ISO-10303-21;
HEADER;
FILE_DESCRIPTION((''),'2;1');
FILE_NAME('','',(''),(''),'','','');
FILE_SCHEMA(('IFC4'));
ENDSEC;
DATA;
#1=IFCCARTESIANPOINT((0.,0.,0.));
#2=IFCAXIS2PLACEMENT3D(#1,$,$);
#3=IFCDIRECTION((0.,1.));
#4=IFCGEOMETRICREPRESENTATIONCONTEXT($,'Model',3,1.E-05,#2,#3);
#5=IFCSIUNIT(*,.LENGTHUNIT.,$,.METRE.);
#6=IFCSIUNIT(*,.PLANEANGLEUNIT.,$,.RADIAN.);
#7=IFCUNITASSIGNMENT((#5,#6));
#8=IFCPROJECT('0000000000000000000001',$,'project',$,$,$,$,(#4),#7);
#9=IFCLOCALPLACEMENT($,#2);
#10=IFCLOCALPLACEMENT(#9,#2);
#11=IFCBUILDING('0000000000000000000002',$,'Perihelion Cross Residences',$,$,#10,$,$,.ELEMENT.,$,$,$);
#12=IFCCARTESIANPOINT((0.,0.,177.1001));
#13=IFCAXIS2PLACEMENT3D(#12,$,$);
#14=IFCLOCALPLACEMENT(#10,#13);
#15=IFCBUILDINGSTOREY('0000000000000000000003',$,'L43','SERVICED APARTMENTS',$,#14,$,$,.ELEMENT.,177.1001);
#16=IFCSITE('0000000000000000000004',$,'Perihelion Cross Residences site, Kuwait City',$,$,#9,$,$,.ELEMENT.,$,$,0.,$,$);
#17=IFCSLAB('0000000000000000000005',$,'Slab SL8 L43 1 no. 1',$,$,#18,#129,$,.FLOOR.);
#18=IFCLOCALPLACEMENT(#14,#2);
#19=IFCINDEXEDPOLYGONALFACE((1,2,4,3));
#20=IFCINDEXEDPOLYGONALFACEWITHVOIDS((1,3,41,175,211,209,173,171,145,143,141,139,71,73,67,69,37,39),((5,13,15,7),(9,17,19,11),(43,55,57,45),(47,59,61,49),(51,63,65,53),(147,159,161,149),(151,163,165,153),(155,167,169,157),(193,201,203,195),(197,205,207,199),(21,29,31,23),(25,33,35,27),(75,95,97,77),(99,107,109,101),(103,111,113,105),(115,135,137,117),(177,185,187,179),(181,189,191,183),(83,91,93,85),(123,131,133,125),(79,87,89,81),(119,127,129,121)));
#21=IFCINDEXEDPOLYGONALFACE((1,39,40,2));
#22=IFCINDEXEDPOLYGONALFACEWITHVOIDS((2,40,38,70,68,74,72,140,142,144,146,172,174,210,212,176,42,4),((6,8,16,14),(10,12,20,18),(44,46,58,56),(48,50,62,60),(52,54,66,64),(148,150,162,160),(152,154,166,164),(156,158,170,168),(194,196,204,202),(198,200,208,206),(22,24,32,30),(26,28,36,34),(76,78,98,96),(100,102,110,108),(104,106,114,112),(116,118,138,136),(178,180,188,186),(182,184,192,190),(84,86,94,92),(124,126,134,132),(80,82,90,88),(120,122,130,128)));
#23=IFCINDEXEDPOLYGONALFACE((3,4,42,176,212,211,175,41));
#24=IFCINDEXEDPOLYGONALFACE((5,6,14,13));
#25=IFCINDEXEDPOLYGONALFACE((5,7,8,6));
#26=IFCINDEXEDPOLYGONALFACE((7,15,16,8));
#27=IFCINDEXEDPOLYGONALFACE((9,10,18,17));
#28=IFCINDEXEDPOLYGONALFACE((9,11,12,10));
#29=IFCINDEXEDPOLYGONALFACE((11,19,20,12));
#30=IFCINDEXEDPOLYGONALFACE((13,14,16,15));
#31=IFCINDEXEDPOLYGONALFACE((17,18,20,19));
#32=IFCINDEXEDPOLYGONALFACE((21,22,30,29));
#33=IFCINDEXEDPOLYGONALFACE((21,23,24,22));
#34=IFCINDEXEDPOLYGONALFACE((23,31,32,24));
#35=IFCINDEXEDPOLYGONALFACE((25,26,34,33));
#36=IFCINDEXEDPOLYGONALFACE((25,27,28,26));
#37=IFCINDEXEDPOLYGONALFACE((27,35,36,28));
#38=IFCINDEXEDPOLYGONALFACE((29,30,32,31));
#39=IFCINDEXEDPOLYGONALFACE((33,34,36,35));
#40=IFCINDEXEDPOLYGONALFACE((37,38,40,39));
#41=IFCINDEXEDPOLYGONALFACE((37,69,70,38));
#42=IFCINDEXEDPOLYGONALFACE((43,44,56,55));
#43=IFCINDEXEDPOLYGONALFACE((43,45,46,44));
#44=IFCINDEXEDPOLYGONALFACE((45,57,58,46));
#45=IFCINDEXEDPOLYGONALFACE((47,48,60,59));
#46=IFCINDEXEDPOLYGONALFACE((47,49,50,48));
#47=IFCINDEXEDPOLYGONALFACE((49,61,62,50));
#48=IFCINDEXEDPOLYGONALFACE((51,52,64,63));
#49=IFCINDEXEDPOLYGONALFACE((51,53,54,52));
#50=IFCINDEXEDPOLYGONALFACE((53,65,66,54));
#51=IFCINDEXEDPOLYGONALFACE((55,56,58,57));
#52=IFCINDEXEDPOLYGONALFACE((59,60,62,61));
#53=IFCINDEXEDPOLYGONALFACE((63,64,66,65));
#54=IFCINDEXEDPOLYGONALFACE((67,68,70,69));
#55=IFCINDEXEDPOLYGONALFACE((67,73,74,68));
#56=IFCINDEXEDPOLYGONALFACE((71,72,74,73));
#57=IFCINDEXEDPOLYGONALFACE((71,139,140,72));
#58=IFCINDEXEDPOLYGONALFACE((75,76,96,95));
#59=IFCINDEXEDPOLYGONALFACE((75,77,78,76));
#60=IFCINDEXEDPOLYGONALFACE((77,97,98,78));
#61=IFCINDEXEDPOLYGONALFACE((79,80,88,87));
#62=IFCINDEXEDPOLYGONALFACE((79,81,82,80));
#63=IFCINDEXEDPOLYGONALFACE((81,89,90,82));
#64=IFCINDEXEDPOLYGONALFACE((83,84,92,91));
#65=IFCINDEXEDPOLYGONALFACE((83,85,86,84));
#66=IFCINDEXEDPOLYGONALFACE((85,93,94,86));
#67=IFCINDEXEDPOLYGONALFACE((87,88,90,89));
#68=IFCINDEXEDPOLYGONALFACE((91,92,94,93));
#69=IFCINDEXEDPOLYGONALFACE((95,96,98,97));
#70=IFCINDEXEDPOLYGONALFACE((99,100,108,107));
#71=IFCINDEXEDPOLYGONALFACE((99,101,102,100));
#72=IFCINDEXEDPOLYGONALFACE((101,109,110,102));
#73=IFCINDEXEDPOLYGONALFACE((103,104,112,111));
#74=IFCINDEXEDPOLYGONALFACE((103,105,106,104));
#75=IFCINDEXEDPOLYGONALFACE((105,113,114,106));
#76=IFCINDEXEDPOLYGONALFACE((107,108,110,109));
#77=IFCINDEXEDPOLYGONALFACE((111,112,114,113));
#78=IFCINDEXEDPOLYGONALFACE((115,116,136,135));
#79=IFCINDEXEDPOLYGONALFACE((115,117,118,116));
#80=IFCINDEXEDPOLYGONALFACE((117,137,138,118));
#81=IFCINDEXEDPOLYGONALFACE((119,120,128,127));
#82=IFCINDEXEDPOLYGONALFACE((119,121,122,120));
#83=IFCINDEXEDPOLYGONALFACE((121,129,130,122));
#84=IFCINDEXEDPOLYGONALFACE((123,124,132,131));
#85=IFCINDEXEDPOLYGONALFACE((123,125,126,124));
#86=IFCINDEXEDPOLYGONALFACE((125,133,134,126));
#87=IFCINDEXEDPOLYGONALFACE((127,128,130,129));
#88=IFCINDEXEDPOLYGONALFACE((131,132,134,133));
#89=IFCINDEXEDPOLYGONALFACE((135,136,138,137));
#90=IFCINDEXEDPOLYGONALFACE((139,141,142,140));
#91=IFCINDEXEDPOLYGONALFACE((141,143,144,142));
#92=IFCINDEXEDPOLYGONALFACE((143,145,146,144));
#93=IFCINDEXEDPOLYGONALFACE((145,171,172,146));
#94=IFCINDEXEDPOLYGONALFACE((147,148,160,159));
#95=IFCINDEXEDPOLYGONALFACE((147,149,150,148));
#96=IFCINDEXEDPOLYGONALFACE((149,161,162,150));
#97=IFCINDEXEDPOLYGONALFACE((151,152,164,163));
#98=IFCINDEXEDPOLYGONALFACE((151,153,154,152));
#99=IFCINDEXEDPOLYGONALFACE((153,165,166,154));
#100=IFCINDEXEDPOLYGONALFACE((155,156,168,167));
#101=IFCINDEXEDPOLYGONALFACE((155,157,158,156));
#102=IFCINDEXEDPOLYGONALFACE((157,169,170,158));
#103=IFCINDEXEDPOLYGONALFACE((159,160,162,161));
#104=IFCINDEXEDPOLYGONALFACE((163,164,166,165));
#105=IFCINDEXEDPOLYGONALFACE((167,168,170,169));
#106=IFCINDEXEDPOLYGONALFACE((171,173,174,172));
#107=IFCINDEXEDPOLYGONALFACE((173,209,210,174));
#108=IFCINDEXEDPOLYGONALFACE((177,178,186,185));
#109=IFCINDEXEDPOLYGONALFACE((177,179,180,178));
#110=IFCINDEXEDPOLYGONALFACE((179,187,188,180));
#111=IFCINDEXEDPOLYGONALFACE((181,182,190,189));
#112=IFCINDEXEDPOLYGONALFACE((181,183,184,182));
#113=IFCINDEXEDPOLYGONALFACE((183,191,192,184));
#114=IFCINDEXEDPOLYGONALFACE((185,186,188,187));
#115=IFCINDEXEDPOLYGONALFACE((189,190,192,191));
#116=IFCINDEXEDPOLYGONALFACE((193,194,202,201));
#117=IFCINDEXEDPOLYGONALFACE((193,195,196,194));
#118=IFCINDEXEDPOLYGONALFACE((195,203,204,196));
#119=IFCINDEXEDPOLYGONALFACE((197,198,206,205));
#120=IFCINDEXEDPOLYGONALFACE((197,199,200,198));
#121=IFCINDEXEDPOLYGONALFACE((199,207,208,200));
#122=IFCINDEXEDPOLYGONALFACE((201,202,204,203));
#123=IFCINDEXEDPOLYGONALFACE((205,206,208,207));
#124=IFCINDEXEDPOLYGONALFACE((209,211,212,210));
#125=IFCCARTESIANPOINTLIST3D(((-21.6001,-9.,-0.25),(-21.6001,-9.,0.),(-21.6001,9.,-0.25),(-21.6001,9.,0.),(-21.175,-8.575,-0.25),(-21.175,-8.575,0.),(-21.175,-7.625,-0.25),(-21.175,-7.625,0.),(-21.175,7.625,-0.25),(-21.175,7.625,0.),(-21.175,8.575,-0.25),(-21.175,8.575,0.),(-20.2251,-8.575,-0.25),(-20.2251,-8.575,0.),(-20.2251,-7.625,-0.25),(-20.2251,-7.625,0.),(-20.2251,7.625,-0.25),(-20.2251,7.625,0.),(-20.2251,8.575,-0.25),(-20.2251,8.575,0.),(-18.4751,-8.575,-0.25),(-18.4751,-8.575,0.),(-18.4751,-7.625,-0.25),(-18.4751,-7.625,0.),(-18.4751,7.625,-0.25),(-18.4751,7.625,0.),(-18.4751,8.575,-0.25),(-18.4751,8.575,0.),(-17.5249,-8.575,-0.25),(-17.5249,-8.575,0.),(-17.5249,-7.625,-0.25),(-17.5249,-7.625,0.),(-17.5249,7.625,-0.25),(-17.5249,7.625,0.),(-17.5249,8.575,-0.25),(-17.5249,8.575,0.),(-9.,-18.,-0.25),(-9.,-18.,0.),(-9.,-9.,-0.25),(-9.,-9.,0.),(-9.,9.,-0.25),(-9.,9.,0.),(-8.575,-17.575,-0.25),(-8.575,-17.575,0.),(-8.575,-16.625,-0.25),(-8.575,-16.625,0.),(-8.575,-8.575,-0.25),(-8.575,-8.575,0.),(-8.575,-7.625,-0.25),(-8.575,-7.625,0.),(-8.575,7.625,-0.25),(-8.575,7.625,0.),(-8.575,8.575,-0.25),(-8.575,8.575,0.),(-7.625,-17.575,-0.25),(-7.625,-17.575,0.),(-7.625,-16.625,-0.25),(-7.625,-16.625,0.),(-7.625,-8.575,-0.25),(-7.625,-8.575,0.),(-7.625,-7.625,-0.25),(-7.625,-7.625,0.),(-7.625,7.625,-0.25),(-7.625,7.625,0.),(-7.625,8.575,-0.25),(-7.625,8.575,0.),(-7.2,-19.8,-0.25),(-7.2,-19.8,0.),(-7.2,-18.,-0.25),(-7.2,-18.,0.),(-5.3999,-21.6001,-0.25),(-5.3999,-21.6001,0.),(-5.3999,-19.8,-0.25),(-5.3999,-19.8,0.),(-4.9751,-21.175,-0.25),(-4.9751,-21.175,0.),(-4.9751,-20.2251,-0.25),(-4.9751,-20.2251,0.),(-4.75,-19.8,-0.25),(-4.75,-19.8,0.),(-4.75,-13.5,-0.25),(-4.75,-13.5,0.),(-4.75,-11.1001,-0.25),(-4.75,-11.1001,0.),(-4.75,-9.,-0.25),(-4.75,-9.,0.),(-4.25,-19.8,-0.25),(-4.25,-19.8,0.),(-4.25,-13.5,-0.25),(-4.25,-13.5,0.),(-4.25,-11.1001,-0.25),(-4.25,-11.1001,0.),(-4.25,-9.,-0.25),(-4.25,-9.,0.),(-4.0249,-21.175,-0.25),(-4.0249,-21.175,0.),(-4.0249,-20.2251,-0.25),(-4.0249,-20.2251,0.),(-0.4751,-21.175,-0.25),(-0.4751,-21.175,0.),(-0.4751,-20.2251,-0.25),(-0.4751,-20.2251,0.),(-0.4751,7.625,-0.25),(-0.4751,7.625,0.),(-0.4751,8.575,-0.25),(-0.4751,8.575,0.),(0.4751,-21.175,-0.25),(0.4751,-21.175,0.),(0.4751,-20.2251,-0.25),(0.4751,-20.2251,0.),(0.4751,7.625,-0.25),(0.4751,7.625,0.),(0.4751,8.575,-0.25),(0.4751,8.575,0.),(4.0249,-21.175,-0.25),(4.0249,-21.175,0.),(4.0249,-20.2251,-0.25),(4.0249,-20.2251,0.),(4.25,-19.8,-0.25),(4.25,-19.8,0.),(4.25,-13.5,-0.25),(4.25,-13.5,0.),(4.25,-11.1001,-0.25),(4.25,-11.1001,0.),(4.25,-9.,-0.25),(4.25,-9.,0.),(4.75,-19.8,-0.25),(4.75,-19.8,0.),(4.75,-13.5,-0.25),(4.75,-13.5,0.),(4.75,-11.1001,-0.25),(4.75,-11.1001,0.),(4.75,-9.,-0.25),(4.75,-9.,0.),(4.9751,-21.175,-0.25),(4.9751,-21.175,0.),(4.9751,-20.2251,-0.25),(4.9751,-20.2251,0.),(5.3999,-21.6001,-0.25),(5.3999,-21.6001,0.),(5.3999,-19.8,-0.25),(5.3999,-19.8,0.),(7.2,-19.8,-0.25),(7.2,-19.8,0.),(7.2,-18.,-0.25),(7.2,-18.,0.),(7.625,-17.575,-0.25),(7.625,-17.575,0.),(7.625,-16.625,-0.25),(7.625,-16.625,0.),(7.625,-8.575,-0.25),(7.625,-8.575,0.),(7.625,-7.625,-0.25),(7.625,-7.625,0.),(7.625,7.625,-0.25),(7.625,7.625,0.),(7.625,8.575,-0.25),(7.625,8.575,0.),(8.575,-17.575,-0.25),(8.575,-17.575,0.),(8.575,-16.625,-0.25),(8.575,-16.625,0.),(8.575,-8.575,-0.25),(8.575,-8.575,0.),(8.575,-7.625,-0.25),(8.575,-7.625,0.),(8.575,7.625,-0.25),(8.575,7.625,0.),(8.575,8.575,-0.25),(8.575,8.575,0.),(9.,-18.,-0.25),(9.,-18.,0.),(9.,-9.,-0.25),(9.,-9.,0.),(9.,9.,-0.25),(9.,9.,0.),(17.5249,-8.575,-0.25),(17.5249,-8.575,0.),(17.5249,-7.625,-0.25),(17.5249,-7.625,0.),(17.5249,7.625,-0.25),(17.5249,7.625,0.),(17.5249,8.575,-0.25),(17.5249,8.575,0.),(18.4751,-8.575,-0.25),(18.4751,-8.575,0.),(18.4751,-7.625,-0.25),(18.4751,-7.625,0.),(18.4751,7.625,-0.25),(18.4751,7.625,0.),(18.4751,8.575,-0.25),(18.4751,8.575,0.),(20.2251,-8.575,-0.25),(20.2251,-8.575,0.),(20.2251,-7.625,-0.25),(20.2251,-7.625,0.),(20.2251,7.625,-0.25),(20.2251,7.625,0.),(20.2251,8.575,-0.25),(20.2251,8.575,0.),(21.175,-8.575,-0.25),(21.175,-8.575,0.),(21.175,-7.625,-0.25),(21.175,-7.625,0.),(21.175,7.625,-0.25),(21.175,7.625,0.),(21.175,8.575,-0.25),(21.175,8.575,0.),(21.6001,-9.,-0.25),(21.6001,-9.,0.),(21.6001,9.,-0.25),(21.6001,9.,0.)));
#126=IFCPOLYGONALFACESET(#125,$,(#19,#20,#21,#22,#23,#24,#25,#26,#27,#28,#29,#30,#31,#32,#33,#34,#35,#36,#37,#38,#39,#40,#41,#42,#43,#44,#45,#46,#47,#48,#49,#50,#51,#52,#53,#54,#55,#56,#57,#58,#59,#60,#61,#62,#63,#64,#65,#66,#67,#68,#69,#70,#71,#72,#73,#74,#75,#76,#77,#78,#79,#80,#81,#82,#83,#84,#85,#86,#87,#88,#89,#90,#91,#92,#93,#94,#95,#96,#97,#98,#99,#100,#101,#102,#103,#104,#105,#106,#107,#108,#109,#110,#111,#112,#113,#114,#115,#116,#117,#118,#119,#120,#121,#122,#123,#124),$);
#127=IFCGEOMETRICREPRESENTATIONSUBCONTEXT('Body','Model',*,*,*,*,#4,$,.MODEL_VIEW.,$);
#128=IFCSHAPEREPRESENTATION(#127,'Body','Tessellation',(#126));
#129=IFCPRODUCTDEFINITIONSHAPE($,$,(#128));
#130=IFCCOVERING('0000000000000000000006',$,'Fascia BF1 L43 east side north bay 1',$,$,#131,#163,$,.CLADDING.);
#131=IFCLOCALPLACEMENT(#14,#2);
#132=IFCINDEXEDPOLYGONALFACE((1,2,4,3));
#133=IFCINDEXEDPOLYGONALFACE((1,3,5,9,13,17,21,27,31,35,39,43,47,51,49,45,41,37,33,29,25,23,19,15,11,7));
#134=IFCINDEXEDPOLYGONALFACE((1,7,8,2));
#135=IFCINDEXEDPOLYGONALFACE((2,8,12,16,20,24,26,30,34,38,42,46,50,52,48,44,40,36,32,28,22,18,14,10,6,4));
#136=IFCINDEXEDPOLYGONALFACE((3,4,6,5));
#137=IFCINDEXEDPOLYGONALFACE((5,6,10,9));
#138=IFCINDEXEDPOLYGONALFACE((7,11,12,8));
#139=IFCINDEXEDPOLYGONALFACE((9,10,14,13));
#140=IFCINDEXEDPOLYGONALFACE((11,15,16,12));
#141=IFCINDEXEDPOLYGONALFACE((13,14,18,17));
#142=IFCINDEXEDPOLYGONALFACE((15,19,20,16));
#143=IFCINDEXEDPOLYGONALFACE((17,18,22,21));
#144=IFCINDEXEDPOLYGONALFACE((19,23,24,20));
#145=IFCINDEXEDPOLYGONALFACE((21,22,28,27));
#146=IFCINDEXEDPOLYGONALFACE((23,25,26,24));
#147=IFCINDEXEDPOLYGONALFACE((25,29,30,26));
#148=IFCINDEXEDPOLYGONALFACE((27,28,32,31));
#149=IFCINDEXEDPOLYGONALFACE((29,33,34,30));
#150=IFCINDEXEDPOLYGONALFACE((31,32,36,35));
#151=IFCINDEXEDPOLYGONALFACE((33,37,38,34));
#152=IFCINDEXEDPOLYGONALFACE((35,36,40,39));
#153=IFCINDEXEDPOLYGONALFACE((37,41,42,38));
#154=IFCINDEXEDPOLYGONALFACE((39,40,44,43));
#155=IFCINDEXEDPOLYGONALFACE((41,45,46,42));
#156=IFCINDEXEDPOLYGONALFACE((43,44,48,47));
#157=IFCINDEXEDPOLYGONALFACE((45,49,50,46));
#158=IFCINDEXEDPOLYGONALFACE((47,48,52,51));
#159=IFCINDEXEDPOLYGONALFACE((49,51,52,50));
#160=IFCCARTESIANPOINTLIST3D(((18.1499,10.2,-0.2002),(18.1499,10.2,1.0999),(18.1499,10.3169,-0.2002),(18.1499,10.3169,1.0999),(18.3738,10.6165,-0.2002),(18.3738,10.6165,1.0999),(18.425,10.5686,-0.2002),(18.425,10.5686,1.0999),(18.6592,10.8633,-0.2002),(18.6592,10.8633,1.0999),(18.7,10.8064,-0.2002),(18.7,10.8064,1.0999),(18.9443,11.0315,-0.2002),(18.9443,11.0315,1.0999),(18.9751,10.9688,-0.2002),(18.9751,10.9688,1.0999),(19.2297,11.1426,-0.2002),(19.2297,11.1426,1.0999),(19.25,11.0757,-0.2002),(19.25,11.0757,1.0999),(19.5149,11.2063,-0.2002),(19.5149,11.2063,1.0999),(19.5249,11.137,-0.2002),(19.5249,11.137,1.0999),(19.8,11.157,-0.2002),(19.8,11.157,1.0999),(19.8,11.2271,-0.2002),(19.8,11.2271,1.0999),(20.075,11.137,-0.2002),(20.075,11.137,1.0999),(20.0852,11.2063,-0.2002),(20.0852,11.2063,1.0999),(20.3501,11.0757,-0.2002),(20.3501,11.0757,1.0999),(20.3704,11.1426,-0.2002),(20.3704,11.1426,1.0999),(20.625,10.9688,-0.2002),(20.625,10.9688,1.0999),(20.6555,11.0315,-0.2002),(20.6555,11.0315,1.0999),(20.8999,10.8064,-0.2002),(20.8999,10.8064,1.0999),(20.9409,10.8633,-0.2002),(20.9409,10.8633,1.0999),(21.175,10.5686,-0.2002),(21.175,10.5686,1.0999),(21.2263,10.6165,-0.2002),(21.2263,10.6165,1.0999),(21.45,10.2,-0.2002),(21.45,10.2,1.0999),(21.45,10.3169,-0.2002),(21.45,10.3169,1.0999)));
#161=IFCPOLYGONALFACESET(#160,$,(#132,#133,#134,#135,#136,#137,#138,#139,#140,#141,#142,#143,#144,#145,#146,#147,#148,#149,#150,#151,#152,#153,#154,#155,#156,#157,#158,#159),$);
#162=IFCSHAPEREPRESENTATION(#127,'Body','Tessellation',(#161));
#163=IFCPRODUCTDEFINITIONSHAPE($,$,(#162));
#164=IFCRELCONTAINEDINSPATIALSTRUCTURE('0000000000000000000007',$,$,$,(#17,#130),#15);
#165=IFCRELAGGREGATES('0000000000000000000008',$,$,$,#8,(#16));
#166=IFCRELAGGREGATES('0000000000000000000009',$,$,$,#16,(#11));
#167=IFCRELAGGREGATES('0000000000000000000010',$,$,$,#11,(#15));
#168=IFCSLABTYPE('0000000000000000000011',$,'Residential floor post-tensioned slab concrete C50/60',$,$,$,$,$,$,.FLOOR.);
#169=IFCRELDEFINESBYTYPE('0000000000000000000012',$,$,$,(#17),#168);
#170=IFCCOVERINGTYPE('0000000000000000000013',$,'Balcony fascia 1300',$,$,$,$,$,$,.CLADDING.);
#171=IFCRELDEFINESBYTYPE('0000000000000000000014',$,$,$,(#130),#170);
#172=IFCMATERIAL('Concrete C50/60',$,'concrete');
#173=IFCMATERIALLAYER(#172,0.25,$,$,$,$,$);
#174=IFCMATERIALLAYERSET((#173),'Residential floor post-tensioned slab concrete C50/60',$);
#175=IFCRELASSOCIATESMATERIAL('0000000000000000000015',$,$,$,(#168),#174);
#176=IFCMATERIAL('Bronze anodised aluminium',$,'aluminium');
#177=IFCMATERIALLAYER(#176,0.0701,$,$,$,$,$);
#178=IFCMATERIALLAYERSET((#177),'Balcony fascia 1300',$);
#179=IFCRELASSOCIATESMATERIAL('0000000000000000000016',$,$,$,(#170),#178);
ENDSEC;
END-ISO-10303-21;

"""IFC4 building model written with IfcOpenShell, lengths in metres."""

from ifc_helpers import new_model, si_unit, direction, frame, origin, place, context, subcontext, project, spatial, polyline, outline, extrude, material, layer, layer_set, type_object, element, save


model = new_model("IFC4")

# Units and contexts
model_context = context("Model", 3, precision=1e-05, world=origin(), true_north=direction((0.0, 1.0)))
body_context = subcontext(model_context, "Body", "Model", "MODEL_VIEW")
ifc_project = project(units=[si_unit("LENGTHUNIT", "METRE"), si_unit("PLANEANGLEUNIT", "RADIAN")], contexts=[model_context])

# Site, building, storey
site_placement = place(None, origin())
site = spatial("IfcSite", under=ifc_project, at=site_placement, Name="Perihelion Cross Residences site, Kuwait City", CompositionType="ELEMENT", RefElevation=0.0)
building_placement = place(site_placement, origin())
building = spatial("IfcBuilding", under=site, at=building_placement, Name="Perihelion Cross Residences", CompositionType="ELEMENT")
storey_placement = place(building_placement, frame((0.0, 0.0, 177.1001)))
storey = spatial("IfcBuildingStorey", under=building, at=storey_placement, Name="L43", Description="SERVICED APARTMENTS", CompositionType="ELEMENT", Elevation=177.1001)

# Slab
ifc_material_1 = material(Name="Concrete C50/60", Category="concrete")
ifc_layer_1 = layer(ifc_material_1, 0.25)
ifc_layer_set_1 = layer_set([ifc_layer_1], Name="Residential floor post-tensioned slab concrete C50/60")
slab_type_1 = type_object("IfcSlabType", Name="Residential floor post-tensioned slab concrete C50/60", PredefinedType="FLOOR", material=ifc_layer_set_1)
slab_1_placement = place(storey_placement, frame((0.0, 0.0, -0.25)))
element("IfcSlab", 1, at=slab_1_placement, inside=storey, type_object=slab_type_1, Name="Slab SL8 L43 1 no. 1", PredefinedType="FLOOR", context=body_context, shape_type="SweptSolid", body=[
    extrude(outline(polyline([(-9.0, 9.0), (9.0, 9.0), (21.6001, 9.0), (21.6001, -9.0), (9.0, -9.0), (9.0, -18.0), (7.2, -18.0), (7.2, -19.8), (5.3999, -19.8), (5.3999, -21.6001), (-5.3999, -21.6001), (-5.3999, -19.8), (-7.2, -19.8), (-7.2, -18.0), (-9.0, -18.0), (-9.0, -9.0), (-21.6001, -9.0), (-21.6001, 9.0), (-9.0, 9.0)]), holes=[polyline([(-4.0249, -20.2251), (-4.9751, -20.2251), (-4.9751, -21.175), (-4.0249, -21.175), (-4.0249, -20.2251)]), polyline([(0.4751, -21.175), (0.4751, -20.2251), (-0.4751, -20.2251), (-0.4751, -21.175), (0.4751, -21.175)]), polyline([(-7.625, -17.575), (-7.625, -16.625), (-8.575, -16.625), (-8.575, -17.575), (-7.625, -17.575)]), polyline([(-4.25, -13.5), (-4.75, -13.5), (-4.75, -19.8), (-4.25, -19.8), (-4.25, -13.5)]), polyline([(-4.25, -11.1001), (-4.25, -9.0), (-4.75, -9.0), (-4.75, -11.1001), (-4.25, -11.1001)]), polyline([(-20.2251, -8.575), (-20.2251, -7.625), (-21.175, -7.625), (-21.175, -8.575), (-20.2251, -8.575)]), polyline([(-17.5249, -7.625), (-18.4751, -7.625), (-18.4751, -8.575), (-17.5249, -8.575), (-17.5249, -7.625)]), polyline([(-7.625, -8.575), (-7.625, -7.625), (-8.575, -7.625), (-8.575, -8.575), (-7.625, -8.575)]), polyline([(-20.2251, 8.575), (-21.175, 8.575), (-21.175, 7.625), (-20.2251, 7.625), (-20.2251, 8.575)]), polyline([(-17.5249, 7.625), (-17.5249, 8.575), (-18.4751, 8.575), (-18.4751, 7.625), (-17.5249, 7.625)]), polyline([(-7.625, 7.625), (-7.625, 8.575), (-8.575, 8.575), (-8.575, 7.625), (-7.625, 7.625)]), polyline([(4.9751, -20.2251), (4.0249, -20.2251), (4.0249, -21.175), (4.9751, -21.175), (4.9751, -20.2251)]), polyline([(8.575, -17.575), (8.575, -16.625), (7.625, -16.625), (7.625, -17.575), (8.575, -17.575)]), polyline([(4.75, -19.8), (4.75, -13.5), (4.25, -13.5), (4.25, -19.8), (4.75, -19.8)]), polyline([(4.75, -9.0), (4.25, -9.0), (4.25, -11.1001), (4.75, -11.1001), (4.75, -9.0)]), polyline([(8.575, -8.575), (8.575, -7.625), (7.625, -7.625), (7.625, -8.575), (8.575, -8.575)]), polyline([(18.4751, -8.575), (18.4751, -7.625), (17.5249, -7.625), (17.5249, -8.575), (18.4751, -8.575)]), polyline([(21.175, -7.625), (20.2251, -7.625), (20.2251, -8.575), (21.175, -8.575), (21.175, -7.625)]), polyline([(0.4751, 7.625), (0.4751, 8.575), (-0.4751, 8.575), (-0.4751, 7.625), (0.4751, 7.625)]), polyline([(8.575, 8.575), (7.625, 8.575), (7.625, 7.625), (8.575, 7.625), (8.575, 8.575)]), polyline([(18.4751, 7.625), (18.4751, 8.575), (17.5249, 8.575), (17.5249, 7.625), (18.4751, 7.625)]), polyline([(21.175, 7.625), (21.175, 8.575), (20.2251, 8.575), (20.2251, 7.625), (21.175, 7.625)])]), origin(), (0.0, 0.0, 1.0), 0.25),
])

# Covering
ifc_material_2 = material(Name="Bronze anodised aluminium", Category="aluminium")
ifc_layer_2 = layer(ifc_material_2, 0.0701)
ifc_layer_set_2 = layer_set([ifc_layer_2], Name="Balcony fascia 1300")
covering_type = type_object("IfcCoveringType", Name="Balcony fascia 1300", PredefinedType="CLADDING", material=ifc_layer_set_2)
covering_1_placement = place(storey_placement, frame((0.0, 0.0, -0.2002)))
element("IfcCovering", 2, at=covering_1_placement, inside=storey, type_object=covering_type, Name="Fascia BF1 L43 east side north bay 1", PredefinedType="CLADDING", context=body_context, shape_type="SweptSolid", body=[
    extrude(outline(polyline([(21.2263, 10.6165), (20.9409, 10.8633), (20.6555, 11.0315), (20.3704, 11.1426), (20.0852, 11.2063), (19.8, 11.2271), (19.5149, 11.2063), (19.2297, 11.1426), (18.9443, 11.0315), (18.6592, 10.8633), (18.3738, 10.6165), (18.1499, 10.3169), (18.1499, 10.2), (18.425, 10.5686), (18.7, 10.8064), (18.9751, 10.9688), (19.25, 11.0757), (19.5249, 11.137), (19.8, 11.157), (20.075, 11.137), (20.3501, 11.0757), (20.625, 10.9688), (20.8999, 10.8064), (21.175, 10.5686), (21.45, 10.2), (21.45, 10.3169), (21.2263, 10.6165)])), origin(), (0.0, 0.0, 1.0), 1.3),
])

save(model, "model.ifc")
